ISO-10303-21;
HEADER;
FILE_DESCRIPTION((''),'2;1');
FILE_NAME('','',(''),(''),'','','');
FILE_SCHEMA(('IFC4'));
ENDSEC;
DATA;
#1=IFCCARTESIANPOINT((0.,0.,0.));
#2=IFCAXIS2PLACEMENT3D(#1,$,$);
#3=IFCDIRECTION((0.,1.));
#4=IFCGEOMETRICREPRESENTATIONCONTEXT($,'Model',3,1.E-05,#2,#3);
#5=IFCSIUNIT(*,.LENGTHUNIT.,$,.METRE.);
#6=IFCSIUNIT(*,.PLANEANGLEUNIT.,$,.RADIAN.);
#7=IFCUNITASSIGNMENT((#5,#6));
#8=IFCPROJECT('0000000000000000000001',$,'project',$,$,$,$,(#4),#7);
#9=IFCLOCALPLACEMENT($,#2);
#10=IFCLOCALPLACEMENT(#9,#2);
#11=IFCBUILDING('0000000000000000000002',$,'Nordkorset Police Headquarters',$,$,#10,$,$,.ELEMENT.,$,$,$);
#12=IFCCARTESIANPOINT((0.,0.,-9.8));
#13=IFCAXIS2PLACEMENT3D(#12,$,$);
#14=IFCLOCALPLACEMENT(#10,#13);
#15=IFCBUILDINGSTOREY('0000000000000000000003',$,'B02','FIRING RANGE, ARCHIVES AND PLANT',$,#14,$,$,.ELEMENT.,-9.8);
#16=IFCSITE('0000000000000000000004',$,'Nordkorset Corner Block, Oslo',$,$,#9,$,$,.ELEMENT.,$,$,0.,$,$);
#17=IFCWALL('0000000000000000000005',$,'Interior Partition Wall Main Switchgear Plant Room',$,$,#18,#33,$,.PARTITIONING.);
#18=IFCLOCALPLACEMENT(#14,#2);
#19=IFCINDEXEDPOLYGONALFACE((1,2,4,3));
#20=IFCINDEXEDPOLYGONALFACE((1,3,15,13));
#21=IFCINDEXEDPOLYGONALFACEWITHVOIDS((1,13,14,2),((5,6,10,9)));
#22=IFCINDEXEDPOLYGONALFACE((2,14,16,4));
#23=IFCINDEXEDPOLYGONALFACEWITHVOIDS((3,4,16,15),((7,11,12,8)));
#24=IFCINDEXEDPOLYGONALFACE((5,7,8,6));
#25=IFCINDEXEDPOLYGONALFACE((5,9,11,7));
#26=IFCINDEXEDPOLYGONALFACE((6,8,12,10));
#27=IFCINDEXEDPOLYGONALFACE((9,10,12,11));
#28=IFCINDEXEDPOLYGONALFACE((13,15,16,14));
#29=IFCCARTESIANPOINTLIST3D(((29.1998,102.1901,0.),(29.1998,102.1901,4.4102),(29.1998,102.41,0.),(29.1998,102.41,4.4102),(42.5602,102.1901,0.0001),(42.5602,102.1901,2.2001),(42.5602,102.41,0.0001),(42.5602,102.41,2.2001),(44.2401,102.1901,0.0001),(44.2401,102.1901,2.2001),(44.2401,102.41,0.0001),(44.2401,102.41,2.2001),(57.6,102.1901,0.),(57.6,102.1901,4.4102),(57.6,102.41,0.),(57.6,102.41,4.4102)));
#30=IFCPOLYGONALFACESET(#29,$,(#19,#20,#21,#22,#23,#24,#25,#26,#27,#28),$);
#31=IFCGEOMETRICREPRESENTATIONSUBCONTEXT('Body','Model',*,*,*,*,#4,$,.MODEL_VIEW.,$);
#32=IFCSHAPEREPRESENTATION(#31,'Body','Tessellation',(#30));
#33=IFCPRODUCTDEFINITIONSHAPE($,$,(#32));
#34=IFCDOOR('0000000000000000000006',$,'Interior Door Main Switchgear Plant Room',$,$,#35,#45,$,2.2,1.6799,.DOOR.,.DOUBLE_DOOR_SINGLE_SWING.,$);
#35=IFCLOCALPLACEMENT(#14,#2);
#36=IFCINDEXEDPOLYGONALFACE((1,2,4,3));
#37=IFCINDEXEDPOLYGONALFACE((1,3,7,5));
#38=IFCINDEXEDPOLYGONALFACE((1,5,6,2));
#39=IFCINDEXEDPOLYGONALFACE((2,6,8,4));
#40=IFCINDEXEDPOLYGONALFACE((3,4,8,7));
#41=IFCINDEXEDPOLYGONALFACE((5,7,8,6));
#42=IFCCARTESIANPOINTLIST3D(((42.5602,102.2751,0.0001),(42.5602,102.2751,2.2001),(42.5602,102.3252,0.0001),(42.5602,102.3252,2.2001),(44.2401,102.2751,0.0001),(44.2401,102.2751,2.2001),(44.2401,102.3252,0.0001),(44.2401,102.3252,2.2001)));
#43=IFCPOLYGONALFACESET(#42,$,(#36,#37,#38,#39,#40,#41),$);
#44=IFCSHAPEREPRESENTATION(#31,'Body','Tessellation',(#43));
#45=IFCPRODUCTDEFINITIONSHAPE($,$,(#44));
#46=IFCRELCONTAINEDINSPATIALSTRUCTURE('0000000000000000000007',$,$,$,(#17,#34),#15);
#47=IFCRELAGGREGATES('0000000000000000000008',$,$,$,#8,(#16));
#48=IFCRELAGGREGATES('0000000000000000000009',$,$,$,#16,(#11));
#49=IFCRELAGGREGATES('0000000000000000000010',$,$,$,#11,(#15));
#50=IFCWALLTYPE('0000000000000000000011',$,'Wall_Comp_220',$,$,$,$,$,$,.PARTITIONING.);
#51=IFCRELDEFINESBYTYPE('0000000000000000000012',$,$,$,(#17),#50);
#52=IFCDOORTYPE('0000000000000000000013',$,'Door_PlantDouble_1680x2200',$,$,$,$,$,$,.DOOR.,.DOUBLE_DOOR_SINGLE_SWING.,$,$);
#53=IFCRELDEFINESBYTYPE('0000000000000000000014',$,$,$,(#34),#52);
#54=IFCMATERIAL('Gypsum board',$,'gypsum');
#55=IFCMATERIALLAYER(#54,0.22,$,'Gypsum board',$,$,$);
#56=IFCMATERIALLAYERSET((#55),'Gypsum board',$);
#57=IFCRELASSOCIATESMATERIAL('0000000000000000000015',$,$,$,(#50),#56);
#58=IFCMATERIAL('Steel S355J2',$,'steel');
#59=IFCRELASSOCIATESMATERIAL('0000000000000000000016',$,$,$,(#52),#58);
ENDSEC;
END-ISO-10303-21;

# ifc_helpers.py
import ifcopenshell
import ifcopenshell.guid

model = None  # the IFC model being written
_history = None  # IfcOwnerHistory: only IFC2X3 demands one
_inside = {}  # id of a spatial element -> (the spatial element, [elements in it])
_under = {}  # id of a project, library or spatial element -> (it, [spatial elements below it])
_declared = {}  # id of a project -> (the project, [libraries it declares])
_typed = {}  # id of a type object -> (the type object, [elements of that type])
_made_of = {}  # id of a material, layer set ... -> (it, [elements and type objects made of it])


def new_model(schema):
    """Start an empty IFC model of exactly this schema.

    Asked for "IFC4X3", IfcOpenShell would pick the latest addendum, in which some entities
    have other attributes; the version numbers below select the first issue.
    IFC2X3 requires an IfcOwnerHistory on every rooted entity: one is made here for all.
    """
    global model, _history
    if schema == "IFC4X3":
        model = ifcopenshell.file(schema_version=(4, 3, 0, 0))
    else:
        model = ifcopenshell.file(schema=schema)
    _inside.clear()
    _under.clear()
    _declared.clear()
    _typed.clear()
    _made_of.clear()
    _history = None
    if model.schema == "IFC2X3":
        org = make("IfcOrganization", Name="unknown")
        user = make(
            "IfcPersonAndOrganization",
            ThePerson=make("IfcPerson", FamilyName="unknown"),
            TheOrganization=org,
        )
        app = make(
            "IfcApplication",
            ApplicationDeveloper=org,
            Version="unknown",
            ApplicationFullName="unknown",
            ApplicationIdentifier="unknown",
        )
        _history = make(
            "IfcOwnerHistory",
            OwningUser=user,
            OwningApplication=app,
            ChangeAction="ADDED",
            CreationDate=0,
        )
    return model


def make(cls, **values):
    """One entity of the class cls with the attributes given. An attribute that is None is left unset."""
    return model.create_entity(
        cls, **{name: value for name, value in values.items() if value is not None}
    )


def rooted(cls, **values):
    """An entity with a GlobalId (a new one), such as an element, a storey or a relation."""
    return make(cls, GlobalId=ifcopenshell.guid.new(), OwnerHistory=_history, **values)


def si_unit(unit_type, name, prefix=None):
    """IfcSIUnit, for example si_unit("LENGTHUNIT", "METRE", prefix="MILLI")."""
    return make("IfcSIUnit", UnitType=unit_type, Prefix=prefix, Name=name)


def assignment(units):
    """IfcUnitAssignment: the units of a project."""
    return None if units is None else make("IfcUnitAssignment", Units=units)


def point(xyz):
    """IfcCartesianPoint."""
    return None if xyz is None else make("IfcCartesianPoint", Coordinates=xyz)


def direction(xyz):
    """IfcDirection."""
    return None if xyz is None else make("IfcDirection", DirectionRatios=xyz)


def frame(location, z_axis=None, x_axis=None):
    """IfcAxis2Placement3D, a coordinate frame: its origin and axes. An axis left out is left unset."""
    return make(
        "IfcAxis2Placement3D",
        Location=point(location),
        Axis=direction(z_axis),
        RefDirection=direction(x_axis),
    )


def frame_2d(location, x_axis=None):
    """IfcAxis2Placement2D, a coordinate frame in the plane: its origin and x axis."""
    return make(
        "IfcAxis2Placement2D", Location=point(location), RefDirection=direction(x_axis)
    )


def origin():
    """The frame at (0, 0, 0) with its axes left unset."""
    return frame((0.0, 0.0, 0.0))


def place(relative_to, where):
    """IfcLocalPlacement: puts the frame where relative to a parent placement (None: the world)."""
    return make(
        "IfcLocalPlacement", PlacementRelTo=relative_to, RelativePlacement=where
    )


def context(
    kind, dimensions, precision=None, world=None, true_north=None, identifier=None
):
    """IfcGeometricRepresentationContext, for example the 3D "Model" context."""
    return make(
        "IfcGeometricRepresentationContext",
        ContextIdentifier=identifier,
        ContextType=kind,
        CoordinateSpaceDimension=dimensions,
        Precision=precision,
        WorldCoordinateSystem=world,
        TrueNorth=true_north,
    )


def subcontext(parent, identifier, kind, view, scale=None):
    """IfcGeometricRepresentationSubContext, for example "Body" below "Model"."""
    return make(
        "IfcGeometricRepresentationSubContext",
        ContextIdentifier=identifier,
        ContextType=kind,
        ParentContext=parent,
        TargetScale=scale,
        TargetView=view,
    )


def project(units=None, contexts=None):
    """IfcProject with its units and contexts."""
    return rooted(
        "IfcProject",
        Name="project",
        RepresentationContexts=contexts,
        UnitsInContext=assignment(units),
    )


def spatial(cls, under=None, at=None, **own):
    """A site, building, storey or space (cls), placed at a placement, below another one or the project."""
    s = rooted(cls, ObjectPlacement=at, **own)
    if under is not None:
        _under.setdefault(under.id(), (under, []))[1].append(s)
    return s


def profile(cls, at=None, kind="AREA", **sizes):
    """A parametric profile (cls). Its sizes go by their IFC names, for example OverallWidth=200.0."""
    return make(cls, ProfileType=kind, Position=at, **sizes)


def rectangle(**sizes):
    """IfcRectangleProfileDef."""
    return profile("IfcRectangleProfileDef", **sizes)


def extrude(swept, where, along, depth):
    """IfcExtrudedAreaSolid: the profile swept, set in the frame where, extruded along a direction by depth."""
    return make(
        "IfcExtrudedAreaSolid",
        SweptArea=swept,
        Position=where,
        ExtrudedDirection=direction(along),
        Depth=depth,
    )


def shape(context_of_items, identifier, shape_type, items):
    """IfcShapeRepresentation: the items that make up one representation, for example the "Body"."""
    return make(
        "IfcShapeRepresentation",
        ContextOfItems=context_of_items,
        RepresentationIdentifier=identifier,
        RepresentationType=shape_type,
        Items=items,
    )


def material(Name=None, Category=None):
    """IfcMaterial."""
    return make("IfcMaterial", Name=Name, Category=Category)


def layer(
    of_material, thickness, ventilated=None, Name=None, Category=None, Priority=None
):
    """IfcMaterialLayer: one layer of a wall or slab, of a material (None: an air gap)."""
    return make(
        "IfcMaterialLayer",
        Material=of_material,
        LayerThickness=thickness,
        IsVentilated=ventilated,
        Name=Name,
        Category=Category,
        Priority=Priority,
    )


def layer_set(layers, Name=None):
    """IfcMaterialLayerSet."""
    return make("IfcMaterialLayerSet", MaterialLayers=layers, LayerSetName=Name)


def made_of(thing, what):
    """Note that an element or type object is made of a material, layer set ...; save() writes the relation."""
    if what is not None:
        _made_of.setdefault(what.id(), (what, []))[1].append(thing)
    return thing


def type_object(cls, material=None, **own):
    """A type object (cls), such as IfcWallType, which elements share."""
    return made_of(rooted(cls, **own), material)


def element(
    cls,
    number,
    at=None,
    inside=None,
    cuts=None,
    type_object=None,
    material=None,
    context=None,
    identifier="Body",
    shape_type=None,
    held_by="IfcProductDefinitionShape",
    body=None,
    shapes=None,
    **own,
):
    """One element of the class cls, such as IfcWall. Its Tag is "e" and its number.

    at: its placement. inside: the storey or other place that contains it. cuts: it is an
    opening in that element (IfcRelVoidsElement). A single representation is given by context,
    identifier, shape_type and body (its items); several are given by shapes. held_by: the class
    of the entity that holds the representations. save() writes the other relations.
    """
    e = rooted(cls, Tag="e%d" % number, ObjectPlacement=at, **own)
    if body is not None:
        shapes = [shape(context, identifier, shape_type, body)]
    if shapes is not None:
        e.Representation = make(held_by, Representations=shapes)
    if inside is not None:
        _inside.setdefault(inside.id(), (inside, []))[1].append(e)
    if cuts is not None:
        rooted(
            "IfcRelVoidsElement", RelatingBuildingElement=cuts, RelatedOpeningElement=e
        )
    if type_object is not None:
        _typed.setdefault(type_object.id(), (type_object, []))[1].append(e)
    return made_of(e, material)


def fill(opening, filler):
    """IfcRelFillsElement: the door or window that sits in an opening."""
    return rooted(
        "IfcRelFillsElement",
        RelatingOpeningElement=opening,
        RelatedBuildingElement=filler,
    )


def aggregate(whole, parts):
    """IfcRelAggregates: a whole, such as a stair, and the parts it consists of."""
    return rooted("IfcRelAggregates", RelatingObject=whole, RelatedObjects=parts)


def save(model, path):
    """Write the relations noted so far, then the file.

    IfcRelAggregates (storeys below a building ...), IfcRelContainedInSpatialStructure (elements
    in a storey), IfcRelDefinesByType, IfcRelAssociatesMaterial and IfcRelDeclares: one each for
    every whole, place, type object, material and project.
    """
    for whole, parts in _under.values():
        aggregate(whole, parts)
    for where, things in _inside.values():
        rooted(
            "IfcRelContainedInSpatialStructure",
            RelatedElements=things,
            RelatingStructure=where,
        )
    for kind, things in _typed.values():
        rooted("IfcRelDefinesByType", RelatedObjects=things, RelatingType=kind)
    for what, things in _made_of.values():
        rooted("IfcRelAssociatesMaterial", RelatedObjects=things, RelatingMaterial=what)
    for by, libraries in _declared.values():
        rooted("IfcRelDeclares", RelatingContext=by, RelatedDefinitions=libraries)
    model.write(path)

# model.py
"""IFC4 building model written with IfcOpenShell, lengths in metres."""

from ifc_helpers import new_model, si_unit, direction, frame, frame_2d, origin, place, context, subcontext, project, spatial, rectangle, extrude, material, layer, layer_set, type_object, element, fill, save


model = new_model("IFC4")

# Units and contexts
model_context = context("Model", 3, precision=1e-05, world=origin(), true_north=direction((0.0, 1.0)))
body_context = subcontext(model_context, "Body", "Model", "MODEL_VIEW")
ifc_project = project(units=[si_unit("LENGTHUNIT", "METRE"), si_unit("PLANEANGLEUNIT", "RADIAN")], contexts=[model_context])

# Site, building, storey
site_placement = place(None, origin())
site = spatial("IfcSite", under=ifc_project, at=site_placement, Name="Nordkorset Corner Block, Oslo", CompositionType="ELEMENT", RefElevation=0.0)
building_placement = place(site_placement, origin())
building = spatial("IfcBuilding", under=site, at=building_placement, Name="Nordkorset Police Headquarters", CompositionType="ELEMENT")
storey_placement = place(building_placement, frame((0.0, 0.0, -9.8)))
storey = spatial("IfcBuildingStorey", under=building, at=storey_placement, Name="B02", Description="FIRING RANGE, ARCHIVES AND PLANT", CompositionType="ELEMENT", Elevation=-9.8)

# Shared definitions
ifc_material_1 = material(Name="Gypsum board", Category="gypsum")
ifc_layer = layer(ifc_material_1, 0.22, Name="Gypsum board")
ifc_layer_set = layer_set([ifc_layer], Name="Gypsum board")
wall_type = type_object("IfcWallType", Name="Wall_Comp_220", PredefinedType="PARTITIONING", material=ifc_layer_set)

# Wall, opening, door
wall_1_placement = place(storey_placement, frame((57.6001, 102.3, 0.0), z_axis=(0.0, 0.0, 1.0), x_axis=(-1.0, 0.0, 0.0)))
wall_1 = element("IfcWall", 1, at=wall_1_placement, inside=storey, type_object=wall_type, Name="Interior Partition Wall Main Switchgear Plant Room", PredefinedType="PARTITIONING", context=body_context, shape_type="SweptSolid", body=[
    extrude(rectangle(XDim=28.4001, YDim=0.22, at=frame_2d((14.2002, 0.0))), origin(), (0.0, 0.0, 1.0), 4.4102),
])
opening_placement = place(wall_1_placement, frame((13.3601, 0.0, 0.0)))
opening = element("IfcOpeningElement", 2, at=opening_placement, cuts=wall_1, PredefinedType="OPENING", context=body_context, shape_type="SweptSolid", body=[
    extrude(rectangle(XDim=1.6799, YDim=2.2, at=frame_2d((0.8398, 1.1001))), frame((0.0, 0.1201, 0.0), z_axis=(0.0, -1.0, 0.0), x_axis=(1.0, 0.0, 0.0)), (0.0, 0.0, 1.0), 0.24),
])
ifc_material_2 = material(Name="Steel S355J2", Category="steel")
door_type = type_object("IfcDoorType", Name="Door_PlantDouble_1680x2200", OperationType="DOUBLE_DOOR_SINGLE_SWING", PredefinedType="DOOR", material=ifc_material_2)
door_placement = place(opening_placement, origin())
door = element("IfcDoor", 3, at=door_placement, inside=storey, type_object=door_type, Name="Interior Door Main Switchgear Plant Room", OperationType="DOUBLE_DOOR_SINGLE_SWING", OverallHeight=2.2, OverallWidth=1.6799, PredefinedType="DOOR", context=body_context, shape_type="SweptSolid", body=[
    extrude(rectangle(XDim=1.6799, YDim=2.2, at=frame_2d((0.8398, 1.1001))), frame((0.0, 0.0249, 0.0), z_axis=(0.0, -1.0, 0.0), x_axis=(1.0, 0.0, 0.0)), (0.0, 0.0, 1.0), 0.05),
])
fill(opening, door)

save(model, "model.ifc")
